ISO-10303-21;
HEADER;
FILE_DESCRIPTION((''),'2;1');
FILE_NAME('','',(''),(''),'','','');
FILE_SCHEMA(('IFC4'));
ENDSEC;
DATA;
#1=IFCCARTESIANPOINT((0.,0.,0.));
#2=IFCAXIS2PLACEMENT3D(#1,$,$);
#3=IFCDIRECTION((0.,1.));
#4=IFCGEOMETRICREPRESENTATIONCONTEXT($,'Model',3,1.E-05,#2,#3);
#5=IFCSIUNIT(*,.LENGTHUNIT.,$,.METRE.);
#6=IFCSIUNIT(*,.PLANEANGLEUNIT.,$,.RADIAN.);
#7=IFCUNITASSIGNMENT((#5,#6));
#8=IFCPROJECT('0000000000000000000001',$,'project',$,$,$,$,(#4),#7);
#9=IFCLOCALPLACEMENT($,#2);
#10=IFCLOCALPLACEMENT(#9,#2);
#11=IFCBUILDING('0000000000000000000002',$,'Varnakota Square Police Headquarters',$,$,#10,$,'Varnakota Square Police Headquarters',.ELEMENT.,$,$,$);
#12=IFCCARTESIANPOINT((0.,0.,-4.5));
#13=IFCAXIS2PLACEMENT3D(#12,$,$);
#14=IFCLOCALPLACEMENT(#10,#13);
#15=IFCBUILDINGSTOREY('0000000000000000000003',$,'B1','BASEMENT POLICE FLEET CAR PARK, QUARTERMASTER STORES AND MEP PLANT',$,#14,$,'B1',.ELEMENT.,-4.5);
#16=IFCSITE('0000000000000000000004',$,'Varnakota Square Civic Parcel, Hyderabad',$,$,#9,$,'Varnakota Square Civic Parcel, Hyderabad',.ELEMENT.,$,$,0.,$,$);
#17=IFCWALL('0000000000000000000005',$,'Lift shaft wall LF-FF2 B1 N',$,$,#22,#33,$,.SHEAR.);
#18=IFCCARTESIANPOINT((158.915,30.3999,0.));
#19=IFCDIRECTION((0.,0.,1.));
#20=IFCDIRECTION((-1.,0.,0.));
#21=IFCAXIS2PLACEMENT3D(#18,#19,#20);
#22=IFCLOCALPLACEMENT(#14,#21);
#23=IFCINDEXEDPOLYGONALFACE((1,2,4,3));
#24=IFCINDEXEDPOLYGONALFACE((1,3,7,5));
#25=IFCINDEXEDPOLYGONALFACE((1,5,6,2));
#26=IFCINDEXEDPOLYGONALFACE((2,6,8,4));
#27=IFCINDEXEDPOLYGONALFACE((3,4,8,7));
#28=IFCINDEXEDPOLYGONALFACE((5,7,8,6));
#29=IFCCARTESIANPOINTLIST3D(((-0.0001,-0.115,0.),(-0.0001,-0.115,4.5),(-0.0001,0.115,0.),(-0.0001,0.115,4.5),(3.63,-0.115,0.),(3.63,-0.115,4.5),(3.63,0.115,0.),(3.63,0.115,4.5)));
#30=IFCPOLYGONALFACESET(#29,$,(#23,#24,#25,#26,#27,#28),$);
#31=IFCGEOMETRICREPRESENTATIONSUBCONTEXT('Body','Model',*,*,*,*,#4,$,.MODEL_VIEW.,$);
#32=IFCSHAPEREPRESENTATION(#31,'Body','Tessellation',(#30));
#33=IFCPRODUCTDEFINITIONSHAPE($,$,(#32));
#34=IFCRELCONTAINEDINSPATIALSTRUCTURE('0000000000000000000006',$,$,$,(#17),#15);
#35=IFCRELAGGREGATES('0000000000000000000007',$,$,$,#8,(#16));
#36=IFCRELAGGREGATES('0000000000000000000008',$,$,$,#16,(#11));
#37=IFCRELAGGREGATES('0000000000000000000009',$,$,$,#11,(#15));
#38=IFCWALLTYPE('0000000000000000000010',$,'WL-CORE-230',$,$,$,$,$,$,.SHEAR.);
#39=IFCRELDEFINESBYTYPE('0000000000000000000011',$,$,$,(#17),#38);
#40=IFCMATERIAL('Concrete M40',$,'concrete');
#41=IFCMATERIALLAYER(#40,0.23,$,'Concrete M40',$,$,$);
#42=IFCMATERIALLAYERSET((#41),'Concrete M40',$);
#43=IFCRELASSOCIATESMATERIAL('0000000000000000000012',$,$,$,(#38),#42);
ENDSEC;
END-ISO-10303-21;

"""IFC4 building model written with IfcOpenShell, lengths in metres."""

from ifc_helpers import new_model, si_unit, direction, frame, frame_2d, origin, place, context, subcontext, project, spatial, rectangle, extrude, material, layer, layer_set, type_object, element, save


model = new_model("IFC4")

# Units and contexts
model_context = context("Model", 3, precision=1e-05, world=origin(), true_north=direction((0.0, 1.0)))
body_context = subcontext(model_context, "Body", "Model", "MODEL_VIEW")
ifc_project = project(units=[si_unit("LENGTHUNIT", "METRE"), si_unit("PLANEANGLEUNIT", "RADIAN")], contexts=[model_context])

# Site, building, storey
site_placement = place(None, origin())
site = spatial("IfcSite", under=ifc_project, at=site_placement, Name="Varnakota Square Civic Parcel, Hyderabad", LongName="Varnakota Square Civic Parcel, Hyderabad", CompositionType="ELEMENT", RefElevation=0.0)
building_placement = place(site_placement, origin())
building = spatial("IfcBuilding", under=site, at=building_placement, Name="Varnakota Square Police Headquarters", LongName="Varnakota Square Police Headquarters", CompositionType="ELEMENT")
storey_placement = place(building_placement, frame((0.0, 0.0, -4.5)))
storey = spatial("IfcBuildingStorey", under=building, at=storey_placement, Name="B1", Description="BASEMENT POLICE FLEET CAR PARK, QUARTERMASTER STORES AND MEP PLANT", LongName="B1", CompositionType="ELEMENT", Elevation=-4.5)

# Shared definitions
ifc_material_1 = material(Name="Concrete M40", Category="concrete")

# Wall
ifc_layer_1 = layer(ifc_material_1, 0.23, Name="Concrete M40")
ifc_layer_set_1 = layer_set([ifc_layer_1], Name="Concrete M40")
wall_type_1 = type_object("IfcWallType", Name="WL-CORE-230", PredefinedType="SHEAR", material=ifc_layer_set_1)
wall_1_placement = place(storey_placement, frame((158.915, 30.3999, 0.0), z_axis=(0.0, 0.0, 1.0), x_axis=(-1.0, 0.0, 0.0)))
element("IfcWall", 1, at=wall_1_placement, inside=storey, type_object=wall_type_1, Name="Lift shaft wall LF-FF2 B1 N", PredefinedType="SHEAR", context=body_context, shape_type="SweptSolid", body=[
    extrude(rectangle(XDim=3.6301, YDim=0.23, at=frame_2d((1.8149, 0.0))), origin(), (0.0, 0.0, 1.0), 4.5),
])

save(model, "model.ifc")
